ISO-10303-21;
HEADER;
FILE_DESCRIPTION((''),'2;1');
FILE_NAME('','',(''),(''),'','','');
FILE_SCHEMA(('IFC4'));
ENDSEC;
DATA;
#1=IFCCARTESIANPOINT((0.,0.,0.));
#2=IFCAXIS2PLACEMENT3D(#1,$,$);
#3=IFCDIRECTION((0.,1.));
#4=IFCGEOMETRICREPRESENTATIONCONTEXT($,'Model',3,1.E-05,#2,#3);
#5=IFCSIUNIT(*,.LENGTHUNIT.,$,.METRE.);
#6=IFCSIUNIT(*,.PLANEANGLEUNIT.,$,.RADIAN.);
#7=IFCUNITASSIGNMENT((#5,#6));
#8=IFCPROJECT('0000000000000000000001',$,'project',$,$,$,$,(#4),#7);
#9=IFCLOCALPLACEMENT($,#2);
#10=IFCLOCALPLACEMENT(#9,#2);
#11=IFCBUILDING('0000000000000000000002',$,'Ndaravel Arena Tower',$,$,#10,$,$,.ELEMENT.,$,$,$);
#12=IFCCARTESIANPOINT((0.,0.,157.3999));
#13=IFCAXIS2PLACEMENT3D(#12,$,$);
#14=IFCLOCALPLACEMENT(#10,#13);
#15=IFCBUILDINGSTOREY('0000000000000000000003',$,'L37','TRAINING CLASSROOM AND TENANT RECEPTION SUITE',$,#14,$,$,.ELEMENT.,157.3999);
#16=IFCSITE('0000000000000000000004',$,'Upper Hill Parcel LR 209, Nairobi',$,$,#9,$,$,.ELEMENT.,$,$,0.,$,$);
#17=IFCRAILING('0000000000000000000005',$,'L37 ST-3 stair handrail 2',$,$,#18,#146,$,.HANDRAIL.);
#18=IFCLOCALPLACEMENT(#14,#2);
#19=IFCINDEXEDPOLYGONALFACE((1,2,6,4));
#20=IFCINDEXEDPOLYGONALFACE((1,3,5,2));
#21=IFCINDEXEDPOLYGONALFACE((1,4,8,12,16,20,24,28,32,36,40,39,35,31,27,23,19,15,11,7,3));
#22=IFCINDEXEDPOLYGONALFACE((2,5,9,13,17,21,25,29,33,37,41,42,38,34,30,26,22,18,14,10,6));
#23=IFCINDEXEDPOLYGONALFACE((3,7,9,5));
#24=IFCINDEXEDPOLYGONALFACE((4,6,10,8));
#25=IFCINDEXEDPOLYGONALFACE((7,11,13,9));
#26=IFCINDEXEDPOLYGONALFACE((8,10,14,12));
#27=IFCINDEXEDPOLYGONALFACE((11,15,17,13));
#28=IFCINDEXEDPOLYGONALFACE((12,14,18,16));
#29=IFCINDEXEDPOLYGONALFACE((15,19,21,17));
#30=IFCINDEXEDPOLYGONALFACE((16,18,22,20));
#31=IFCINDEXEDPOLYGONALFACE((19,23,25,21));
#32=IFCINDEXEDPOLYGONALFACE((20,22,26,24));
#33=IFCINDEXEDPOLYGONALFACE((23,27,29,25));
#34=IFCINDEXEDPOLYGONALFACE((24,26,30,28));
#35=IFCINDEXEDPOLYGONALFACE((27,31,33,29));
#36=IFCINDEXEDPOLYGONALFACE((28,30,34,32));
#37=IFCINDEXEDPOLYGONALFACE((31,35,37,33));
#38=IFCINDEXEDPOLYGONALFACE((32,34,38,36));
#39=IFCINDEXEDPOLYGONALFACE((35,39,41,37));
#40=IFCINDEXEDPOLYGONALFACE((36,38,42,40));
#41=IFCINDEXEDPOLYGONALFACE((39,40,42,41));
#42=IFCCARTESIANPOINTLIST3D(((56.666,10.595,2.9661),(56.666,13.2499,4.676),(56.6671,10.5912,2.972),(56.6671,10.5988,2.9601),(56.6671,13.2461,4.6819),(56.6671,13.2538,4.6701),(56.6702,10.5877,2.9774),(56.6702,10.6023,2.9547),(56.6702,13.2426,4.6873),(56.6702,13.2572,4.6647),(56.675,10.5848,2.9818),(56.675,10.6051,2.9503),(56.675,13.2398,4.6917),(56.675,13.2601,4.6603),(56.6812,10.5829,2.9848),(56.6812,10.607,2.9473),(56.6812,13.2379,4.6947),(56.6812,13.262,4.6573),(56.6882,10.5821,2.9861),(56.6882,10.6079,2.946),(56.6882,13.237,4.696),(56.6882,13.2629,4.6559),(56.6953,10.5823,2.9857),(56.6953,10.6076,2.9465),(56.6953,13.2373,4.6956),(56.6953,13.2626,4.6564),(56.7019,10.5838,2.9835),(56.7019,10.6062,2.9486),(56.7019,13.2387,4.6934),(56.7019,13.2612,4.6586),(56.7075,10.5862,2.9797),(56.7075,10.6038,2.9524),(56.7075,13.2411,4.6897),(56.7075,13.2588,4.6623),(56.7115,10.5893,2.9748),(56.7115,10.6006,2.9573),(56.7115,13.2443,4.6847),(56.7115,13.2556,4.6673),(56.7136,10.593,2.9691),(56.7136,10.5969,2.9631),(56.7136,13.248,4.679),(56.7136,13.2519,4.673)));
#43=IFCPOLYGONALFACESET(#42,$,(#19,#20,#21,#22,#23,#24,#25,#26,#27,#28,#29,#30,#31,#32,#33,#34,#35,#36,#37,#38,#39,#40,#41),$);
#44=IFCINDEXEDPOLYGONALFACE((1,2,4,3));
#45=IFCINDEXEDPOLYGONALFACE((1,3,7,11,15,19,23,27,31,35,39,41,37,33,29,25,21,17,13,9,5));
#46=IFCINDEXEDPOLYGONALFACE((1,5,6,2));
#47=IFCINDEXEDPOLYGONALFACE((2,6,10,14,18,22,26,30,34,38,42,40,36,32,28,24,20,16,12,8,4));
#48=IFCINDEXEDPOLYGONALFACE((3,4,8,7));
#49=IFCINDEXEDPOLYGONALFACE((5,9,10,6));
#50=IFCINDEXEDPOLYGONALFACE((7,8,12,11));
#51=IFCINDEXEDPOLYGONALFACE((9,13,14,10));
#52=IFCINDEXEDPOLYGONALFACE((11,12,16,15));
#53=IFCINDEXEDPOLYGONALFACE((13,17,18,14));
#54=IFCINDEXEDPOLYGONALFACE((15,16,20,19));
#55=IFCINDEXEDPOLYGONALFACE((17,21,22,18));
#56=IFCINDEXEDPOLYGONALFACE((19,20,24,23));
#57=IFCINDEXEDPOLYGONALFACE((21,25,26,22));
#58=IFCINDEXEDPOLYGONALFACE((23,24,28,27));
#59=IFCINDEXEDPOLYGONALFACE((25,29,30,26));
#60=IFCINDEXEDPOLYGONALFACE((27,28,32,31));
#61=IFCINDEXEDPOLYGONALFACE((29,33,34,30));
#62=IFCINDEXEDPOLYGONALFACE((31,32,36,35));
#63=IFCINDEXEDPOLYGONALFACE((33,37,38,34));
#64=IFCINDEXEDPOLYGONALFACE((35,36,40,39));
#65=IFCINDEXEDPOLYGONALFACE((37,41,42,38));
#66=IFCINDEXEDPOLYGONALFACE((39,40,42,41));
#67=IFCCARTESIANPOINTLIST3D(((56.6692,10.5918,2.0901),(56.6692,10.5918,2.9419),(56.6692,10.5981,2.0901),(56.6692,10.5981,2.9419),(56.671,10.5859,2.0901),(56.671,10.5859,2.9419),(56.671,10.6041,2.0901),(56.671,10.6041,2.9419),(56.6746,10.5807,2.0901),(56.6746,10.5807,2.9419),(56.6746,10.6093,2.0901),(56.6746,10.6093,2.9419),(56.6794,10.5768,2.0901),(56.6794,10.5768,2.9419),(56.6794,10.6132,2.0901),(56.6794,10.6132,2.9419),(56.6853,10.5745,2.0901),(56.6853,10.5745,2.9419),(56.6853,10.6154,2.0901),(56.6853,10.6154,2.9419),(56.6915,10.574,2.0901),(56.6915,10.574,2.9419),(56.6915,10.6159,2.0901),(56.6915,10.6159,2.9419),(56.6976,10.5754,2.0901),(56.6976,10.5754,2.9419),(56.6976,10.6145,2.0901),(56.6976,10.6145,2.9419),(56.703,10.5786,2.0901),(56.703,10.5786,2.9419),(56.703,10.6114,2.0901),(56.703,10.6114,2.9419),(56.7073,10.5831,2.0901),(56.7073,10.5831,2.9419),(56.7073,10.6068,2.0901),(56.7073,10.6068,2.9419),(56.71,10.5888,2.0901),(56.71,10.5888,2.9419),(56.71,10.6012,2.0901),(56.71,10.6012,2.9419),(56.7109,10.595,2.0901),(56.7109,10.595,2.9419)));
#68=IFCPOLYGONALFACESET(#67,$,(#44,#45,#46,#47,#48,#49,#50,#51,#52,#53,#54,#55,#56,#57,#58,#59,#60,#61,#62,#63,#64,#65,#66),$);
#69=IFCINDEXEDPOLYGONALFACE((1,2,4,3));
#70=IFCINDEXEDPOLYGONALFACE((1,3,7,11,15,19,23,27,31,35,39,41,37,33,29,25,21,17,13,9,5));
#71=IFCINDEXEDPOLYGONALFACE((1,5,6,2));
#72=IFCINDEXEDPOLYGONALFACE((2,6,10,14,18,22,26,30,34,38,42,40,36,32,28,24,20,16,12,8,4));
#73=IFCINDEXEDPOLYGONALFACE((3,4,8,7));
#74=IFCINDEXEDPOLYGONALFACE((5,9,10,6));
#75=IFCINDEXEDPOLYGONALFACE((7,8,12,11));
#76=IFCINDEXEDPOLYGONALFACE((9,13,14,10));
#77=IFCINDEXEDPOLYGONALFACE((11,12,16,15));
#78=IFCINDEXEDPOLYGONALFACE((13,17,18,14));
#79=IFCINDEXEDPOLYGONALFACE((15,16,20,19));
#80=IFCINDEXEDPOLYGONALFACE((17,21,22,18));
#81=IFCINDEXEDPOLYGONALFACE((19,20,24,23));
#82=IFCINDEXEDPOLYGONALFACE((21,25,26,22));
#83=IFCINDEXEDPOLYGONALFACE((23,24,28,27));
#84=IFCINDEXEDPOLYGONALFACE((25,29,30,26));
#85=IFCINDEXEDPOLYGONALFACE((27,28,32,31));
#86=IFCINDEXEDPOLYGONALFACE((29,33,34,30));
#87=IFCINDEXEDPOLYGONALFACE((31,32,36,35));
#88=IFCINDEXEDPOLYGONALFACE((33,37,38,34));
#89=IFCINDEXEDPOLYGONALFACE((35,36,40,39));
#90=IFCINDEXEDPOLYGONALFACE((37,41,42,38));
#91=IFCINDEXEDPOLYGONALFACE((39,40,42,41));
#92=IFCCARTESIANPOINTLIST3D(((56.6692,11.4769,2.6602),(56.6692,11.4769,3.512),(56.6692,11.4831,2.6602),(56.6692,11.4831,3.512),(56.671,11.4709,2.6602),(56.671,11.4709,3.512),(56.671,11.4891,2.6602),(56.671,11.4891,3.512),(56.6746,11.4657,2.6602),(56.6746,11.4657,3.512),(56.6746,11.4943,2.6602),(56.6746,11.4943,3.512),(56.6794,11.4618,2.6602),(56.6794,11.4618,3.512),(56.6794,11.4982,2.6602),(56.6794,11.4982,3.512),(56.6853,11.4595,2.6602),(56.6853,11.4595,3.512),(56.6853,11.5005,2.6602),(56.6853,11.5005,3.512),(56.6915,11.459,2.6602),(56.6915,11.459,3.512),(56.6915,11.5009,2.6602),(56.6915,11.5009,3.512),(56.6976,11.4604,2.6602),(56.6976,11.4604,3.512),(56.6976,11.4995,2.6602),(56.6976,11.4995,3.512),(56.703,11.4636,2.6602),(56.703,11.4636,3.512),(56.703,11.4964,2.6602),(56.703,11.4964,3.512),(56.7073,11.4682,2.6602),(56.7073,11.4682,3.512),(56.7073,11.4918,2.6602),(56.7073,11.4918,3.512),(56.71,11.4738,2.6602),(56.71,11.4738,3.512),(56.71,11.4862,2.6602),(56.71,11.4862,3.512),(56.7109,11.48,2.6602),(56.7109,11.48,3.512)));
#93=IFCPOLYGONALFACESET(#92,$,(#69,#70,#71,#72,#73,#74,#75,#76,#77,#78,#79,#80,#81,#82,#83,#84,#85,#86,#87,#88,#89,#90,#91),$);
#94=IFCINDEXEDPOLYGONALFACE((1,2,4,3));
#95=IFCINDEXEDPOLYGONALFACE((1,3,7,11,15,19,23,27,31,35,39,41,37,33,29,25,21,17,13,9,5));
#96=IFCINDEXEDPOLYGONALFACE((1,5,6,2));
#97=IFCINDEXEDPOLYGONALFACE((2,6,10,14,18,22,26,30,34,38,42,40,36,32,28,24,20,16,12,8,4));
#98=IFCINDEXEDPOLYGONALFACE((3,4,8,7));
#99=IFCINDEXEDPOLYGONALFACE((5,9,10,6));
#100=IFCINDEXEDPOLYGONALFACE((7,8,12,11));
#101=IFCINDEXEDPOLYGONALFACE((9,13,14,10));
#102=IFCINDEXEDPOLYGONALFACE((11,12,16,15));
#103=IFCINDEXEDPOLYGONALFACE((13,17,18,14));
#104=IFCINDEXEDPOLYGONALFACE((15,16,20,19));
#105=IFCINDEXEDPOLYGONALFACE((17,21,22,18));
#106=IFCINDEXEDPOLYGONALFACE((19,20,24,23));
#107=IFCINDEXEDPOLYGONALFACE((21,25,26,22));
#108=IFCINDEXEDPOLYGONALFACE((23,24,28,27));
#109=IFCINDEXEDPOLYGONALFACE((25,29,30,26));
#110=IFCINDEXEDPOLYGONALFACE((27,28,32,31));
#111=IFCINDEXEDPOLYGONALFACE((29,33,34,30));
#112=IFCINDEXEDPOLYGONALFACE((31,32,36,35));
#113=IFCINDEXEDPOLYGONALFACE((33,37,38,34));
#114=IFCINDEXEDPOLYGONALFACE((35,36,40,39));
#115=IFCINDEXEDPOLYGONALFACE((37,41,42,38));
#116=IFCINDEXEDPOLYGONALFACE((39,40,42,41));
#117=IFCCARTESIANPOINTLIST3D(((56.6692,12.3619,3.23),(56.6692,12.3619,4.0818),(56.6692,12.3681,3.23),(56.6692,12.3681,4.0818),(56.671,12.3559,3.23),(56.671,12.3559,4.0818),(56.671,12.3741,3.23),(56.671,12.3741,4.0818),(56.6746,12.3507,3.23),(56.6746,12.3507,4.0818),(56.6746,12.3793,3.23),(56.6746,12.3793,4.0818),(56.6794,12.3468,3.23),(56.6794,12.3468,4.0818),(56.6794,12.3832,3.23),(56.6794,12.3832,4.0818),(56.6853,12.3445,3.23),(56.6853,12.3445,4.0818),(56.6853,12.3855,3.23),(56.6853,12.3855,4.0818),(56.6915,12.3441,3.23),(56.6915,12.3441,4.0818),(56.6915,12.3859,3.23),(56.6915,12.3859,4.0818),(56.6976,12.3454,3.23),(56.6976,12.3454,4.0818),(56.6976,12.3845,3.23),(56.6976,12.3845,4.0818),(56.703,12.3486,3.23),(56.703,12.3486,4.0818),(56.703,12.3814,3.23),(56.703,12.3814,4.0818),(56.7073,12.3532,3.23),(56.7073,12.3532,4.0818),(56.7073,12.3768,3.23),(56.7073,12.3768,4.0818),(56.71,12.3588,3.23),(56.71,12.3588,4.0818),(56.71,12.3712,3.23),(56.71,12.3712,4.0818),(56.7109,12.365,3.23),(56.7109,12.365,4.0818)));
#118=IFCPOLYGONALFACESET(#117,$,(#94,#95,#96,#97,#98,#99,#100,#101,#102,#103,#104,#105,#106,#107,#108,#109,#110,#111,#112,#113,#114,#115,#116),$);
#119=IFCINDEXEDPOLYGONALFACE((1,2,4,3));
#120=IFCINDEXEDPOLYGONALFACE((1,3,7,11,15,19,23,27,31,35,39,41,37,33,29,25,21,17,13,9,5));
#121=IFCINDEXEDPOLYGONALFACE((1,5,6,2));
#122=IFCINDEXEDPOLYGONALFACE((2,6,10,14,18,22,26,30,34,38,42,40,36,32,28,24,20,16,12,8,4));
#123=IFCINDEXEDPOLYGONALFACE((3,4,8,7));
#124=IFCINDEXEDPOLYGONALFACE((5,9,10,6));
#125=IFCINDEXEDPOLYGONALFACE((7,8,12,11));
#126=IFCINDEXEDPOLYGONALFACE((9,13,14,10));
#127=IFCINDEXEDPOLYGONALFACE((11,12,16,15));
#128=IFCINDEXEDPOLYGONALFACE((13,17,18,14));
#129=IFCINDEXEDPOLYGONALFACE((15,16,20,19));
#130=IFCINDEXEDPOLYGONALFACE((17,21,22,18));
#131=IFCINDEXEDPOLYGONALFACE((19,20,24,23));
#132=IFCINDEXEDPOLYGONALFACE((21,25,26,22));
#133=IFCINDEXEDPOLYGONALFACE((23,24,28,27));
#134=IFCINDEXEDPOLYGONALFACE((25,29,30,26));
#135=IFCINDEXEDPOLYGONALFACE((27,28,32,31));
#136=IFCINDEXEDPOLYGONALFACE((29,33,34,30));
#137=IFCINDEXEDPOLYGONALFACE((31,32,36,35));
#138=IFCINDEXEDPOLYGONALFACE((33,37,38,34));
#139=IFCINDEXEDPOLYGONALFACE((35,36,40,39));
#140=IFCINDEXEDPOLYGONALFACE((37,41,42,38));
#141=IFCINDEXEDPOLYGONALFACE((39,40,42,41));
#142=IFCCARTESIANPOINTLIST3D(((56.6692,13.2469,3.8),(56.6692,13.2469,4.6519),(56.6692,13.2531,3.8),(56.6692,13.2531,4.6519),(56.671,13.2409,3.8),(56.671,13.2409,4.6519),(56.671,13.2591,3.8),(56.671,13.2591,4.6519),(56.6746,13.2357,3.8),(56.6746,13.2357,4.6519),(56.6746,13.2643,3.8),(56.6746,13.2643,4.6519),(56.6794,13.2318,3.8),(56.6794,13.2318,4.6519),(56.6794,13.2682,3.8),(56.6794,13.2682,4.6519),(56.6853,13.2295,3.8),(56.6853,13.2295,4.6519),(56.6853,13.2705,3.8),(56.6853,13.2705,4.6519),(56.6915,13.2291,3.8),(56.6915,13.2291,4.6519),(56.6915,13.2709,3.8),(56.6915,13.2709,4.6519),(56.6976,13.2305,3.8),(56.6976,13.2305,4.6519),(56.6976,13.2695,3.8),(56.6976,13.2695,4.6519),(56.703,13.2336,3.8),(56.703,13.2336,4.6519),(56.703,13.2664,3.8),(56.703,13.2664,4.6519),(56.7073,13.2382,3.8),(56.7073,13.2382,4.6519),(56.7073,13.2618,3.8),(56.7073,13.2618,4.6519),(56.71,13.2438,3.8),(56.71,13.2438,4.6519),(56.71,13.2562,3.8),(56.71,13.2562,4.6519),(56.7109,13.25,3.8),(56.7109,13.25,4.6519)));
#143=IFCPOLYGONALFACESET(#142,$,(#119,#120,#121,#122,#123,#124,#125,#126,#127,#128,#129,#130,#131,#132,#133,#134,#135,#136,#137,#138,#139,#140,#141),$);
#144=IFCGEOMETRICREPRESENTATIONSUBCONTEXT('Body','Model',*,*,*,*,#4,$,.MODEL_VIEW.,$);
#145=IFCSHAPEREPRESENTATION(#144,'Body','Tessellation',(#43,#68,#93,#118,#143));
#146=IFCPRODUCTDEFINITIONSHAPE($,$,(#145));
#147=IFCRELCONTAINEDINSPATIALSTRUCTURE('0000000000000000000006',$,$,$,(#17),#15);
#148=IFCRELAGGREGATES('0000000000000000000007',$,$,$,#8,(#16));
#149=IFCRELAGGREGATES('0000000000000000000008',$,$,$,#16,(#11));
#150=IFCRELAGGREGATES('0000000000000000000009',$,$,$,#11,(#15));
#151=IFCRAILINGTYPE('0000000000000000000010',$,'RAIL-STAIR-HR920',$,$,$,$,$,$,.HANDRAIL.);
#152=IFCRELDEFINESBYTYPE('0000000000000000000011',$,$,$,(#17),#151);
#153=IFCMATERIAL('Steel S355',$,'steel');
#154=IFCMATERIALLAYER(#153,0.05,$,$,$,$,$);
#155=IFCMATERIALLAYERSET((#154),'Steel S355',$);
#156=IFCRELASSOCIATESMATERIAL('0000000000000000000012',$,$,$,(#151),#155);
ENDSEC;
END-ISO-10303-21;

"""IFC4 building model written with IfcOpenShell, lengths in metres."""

from ifc_helpers import new_model, si_unit, direction, frame, origin, origin_2d, place, context, subcontext, project, spatial, circle, extrude, material, layer, layer_set, type_object, element, save


model = new_model("IFC4")

# Units and contexts
model_context = context("Model", 3, precision=1e-05, world=origin(), true_north=direction((0.0, 1.0)))
body_context = subcontext(model_context, "Body", "Model", "MODEL_VIEW")
ifc_project = project(units=[si_unit("LENGTHUNIT", "METRE"), si_unit("PLANEANGLEUNIT", "RADIAN")], contexts=[model_context])

# Site, building, storey
site_placement = place(None, origin())
site = spatial("IfcSite", under=ifc_project, at=site_placement, Name="Upper Hill Parcel LR 209, Nairobi", CompositionType="ELEMENT", RefElevation=0.0)
building_placement = place(site_placement, origin())
building = spatial("IfcBuilding", under=site, at=building_placement, Name="Ndaravel Arena Tower", CompositionType="ELEMENT")
storey_placement = place(building_placement, frame((0.0, 0.0, 157.3999)))
storey = spatial("IfcBuildingStorey", under=building, at=storey_placement, Name="L37", Description="TRAINING CLASSROOM AND TENANT RECEPTION SUITE", CompositionType="ELEMENT", Elevation=157.3999)

# Railing
ifc_material_1 = material(Name="Steel S355", Category="steel")
ifc_layer_1 = layer(ifc_material_1, 0.05)
ifc_layer_set_1 = layer_set([ifc_layer_1], Name="Steel S355")
railing_type_1 = type_object("IfcRailingType", Name="RAIL-STAIR-HR920", PredefinedType="HANDRAIL", material=ifc_layer_set_1)
railing_1_placement = place(storey_placement, frame((56.6899, 10.595, 2.0901)))
element("IfcRailing", 1, at=railing_1_placement, inside=storey, type_object=railing_type_1, Name="L37 ST-3 stair handrail 2", PredefinedType="HANDRAIL", context=body_context, shape_type="SweptSolid", body=[
    extrude(circle(Radius=0.0239, at=origin_2d()), frame((0.0, 0.0, 0.876), z_axis=(0.0, 0.840724, 0.541465), x_axis=(-1.0, 0.0, 0.0)), (0.0, 0.0, 1.0), 3.158),
    extrude(circle(Radius=0.021, at=origin_2d()), origin(), (0.0, 0.0, 1.0), 0.8518),
    extrude(circle(Radius=0.021, at=origin_2d()), frame((0.0, 0.885, 0.5701)), (0.0, 0.0, 1.0), 0.8518),
    extrude(circle(Radius=0.021, at=origin_2d()), frame((0.0, 1.77, 1.1399)), (0.0, 0.0, 1.0), 0.8518),
    extrude(circle(Radius=0.021, at=origin_2d()), frame((0.0, 2.655, 1.71)), (0.0, 0.0, 1.0), 0.8518),
])

save(model, "model.ifc")
